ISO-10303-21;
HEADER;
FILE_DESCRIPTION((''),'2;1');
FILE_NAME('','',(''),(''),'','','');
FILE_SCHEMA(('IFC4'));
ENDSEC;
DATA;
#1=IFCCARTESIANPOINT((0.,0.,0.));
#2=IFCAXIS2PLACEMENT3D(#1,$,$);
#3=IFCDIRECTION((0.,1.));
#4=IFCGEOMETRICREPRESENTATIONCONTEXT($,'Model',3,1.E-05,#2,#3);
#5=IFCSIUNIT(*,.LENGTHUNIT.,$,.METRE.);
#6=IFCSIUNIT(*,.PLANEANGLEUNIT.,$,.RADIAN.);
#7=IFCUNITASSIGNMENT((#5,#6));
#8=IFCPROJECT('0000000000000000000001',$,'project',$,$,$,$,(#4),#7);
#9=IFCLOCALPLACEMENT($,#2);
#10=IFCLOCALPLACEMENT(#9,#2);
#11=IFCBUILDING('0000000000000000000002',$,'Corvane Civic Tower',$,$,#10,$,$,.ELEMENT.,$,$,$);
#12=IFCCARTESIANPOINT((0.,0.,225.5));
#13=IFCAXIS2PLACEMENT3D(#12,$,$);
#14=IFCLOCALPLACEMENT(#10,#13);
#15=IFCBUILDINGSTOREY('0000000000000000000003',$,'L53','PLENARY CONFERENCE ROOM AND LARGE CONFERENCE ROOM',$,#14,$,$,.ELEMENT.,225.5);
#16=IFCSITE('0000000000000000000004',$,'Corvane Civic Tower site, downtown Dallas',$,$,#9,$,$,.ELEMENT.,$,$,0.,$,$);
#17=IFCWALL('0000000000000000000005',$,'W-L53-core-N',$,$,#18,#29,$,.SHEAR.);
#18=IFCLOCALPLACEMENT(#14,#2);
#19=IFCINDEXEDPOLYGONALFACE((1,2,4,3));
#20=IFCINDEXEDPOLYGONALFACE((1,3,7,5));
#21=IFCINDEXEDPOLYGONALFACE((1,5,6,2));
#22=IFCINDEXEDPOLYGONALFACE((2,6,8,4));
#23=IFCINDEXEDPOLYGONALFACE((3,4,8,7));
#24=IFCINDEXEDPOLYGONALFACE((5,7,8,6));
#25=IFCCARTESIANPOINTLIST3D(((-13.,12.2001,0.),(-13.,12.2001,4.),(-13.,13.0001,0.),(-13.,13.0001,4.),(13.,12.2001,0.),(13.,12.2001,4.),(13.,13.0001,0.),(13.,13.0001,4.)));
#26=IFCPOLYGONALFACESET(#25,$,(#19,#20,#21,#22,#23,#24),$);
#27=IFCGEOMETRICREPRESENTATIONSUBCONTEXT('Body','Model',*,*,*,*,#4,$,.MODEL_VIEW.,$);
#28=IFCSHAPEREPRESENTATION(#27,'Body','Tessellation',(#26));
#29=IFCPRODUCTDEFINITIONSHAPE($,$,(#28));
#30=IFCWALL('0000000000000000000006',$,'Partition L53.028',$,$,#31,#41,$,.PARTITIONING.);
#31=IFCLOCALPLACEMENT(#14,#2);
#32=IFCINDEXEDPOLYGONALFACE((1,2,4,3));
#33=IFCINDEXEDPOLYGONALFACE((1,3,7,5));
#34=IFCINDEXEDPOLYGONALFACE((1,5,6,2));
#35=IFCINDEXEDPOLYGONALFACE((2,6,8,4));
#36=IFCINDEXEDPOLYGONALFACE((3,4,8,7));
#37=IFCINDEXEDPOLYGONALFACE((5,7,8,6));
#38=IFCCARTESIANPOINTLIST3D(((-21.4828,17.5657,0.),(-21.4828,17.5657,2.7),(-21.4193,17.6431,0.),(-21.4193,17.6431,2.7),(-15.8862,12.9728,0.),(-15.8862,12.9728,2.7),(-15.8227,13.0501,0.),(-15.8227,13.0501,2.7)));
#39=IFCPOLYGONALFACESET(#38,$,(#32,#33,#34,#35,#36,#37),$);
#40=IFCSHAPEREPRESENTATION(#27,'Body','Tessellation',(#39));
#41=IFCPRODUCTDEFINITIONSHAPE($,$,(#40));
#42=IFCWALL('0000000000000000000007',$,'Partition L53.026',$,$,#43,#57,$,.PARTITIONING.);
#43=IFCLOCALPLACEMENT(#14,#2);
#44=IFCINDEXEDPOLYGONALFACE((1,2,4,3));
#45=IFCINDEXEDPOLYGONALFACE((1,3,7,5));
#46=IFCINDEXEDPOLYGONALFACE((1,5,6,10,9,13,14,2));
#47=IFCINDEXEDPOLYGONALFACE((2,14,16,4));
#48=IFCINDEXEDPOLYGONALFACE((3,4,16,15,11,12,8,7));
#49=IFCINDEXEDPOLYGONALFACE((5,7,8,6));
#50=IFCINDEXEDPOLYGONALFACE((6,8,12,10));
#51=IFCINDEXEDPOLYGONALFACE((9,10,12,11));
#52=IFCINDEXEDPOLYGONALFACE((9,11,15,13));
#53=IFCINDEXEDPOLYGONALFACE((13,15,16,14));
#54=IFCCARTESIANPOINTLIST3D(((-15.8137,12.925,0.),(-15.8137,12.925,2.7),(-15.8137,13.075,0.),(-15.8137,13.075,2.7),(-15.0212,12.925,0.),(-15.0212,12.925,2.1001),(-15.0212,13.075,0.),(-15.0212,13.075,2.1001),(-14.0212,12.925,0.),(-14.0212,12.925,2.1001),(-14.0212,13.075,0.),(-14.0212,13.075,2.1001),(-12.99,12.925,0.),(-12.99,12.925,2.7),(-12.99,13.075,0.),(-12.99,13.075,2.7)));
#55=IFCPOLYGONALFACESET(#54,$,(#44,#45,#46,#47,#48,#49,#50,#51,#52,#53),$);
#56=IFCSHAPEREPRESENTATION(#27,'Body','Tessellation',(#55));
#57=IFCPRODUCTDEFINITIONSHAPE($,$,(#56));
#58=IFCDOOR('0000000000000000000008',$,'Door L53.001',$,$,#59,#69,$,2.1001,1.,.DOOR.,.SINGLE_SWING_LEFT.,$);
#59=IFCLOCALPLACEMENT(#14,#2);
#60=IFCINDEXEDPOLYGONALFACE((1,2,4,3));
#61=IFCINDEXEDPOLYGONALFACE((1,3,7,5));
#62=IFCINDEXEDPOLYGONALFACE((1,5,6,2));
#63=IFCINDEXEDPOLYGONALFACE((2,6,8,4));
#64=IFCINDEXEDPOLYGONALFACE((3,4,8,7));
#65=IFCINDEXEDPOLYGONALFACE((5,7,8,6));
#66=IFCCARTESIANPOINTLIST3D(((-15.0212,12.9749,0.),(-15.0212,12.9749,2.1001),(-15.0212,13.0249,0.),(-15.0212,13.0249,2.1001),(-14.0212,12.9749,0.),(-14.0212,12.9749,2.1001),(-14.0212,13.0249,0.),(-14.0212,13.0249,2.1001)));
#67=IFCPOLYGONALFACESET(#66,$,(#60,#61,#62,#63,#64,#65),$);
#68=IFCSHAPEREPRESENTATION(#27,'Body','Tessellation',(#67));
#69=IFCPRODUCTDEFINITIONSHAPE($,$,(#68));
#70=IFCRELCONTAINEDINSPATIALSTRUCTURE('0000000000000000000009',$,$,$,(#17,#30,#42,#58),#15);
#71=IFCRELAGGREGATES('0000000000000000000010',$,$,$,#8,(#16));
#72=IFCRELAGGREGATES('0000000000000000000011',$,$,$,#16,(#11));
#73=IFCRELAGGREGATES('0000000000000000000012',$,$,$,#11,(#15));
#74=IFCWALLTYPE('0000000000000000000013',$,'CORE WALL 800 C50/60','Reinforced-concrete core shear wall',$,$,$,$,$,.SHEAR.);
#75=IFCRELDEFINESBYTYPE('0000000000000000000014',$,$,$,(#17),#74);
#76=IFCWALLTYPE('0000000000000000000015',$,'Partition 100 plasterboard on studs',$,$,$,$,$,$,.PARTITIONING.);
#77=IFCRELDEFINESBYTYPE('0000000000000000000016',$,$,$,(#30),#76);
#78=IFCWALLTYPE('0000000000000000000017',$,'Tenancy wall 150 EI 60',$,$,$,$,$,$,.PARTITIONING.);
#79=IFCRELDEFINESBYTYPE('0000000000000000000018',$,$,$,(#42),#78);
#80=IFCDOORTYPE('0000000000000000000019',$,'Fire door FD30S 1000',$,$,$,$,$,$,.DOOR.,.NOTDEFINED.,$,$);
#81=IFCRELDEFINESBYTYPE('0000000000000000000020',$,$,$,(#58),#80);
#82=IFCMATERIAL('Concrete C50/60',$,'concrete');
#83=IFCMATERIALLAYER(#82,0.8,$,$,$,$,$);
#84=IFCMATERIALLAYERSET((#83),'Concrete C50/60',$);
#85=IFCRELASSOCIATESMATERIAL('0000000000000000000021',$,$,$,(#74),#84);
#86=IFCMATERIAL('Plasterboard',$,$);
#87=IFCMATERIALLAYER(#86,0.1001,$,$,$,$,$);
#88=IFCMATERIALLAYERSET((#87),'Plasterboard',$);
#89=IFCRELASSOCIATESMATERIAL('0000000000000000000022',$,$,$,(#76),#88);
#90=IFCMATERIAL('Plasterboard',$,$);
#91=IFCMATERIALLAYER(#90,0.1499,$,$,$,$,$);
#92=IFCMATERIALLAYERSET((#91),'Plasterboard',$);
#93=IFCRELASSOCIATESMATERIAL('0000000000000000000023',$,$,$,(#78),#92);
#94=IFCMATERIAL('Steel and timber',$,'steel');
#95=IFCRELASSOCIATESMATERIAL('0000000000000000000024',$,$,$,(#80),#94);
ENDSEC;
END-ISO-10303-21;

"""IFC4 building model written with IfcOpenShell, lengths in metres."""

from ifc_helpers import new_model, si_unit, direction, frame, frame_2d, origin, place, context, subcontext, project, spatial, rectangle, extrude, material, layer, layer_set, type_object, element, fill, save


model = new_model("IFC4")

# Units and contexts
model_context = context("Model", 3, precision=1e-05, world=origin(), true_north=direction((0.0, 1.0)))
body_context = subcontext(model_context, "Body", "Model", "MODEL_VIEW")
ifc_project = project(units=[si_unit("LENGTHUNIT", "METRE"), si_unit("PLANEANGLEUNIT", "RADIAN")], contexts=[model_context])

# Site, building, storey
site_placement = place(None, origin())
site = spatial("IfcSite", under=ifc_project, at=site_placement, Name="Corvane Civic Tower site, downtown Dallas", CompositionType="ELEMENT", RefElevation=0.0)
building_placement = place(site_placement, origin())
building = spatial("IfcBuilding", under=site, at=building_placement, Name="Corvane Civic Tower", CompositionType="ELEMENT")
storey_placement = place(building_placement, frame((0.0, 0.0, 225.5)))
storey = spatial("IfcBuildingStorey", under=building, at=storey_placement, Name="L53", Description="PLENARY CONFERENCE ROOM AND LARGE CONFERENCE ROOM", CompositionType="ELEMENT", Elevation=225.5)

# Walls
ifc_material_1 = material(Name="Concrete C50/60", Category="concrete")
ifc_layer_1 = layer(ifc_material_1, 0.8)
ifc_layer_set_1 = layer_set([ifc_layer_1], Name="Concrete C50/60")
wall_type_1 = type_object("IfcWallType", Name="CORE WALL 800 C50/60", Description="Reinforced-concrete core shear wall", PredefinedType="SHEAR", material=ifc_layer_set_1)
wall_1_placement = place(storey_placement, frame((-13.0, 12.6001, 0.0), z_axis=(0.0, 0.0, 1.0), x_axis=(1.0, 0.0, 0.0)))
element("IfcWall", 1, at=wall_1_placement, inside=storey, type_object=wall_type_1, Name="W-L53-core-N", PredefinedType="SHEAR", context=body_context, shape_type="SweptSolid", body=[
    extrude(rectangle(XDim=26.0, YDim=0.8, at=frame_2d((13.0, 0.0))), origin(), (0.0, 0.0, 1.0), 4.0),
])
ifc_material_2 = material(Name="Plasterboard")
ifc_layer_2 = layer(ifc_material_2, 0.1001)
ifc_layer_set_2 = layer_set([ifc_layer_2], Name="Plasterboard")
wall_type_2 = type_object("IfcWallType", Name="Partition 100 plasterboard on studs", PredefinedType="PARTITIONING", material=ifc_layer_set_2)
wall_2_placement = place(storey_placement, frame((-21.4512, 17.6045, 0.0), z_axis=(0.0, 0.0, 1.0), x_axis=(0.773014, -0.634388, 0.0)))
element("IfcWall", 2, at=wall_2_placement, inside=storey, type_object=wall_type_2, Name="Partition L53.028", PredefinedType="PARTITIONING", context=body_context, shape_type="SweptSolid", body=[
    extrude(rectangle(XDim=7.24, YDim=0.1001, at=frame_2d((3.6201, 0.0))), origin(), (0.0, 0.0, 1.0), 2.7),
])

# Wall, opening, door
ifc_material_3 = material(Name="Plasterboard")
ifc_layer_3 = layer(ifc_material_3, 0.1499)
ifc_layer_set_3 = layer_set([ifc_layer_3], Name="Plasterboard")
wall_type_3 = type_object("IfcWallType", Name="Tenancy wall 150 EI 60", PredefinedType="PARTITIONING", material=ifc_layer_set_3)
wall_3_placement = place(storey_placement, frame((-15.8137, 13.0, 0.0), z_axis=(0.0, 0.0, 1.0), x_axis=(1.0, 0.0, 0.0)))
wall_3 = element("IfcWall", 3, at=wall_3_placement, inside=storey, type_object=wall_type_3, Name="Partition L53.026", PredefinedType="PARTITIONING", context=body_context, shape_type="SweptSolid", body=[
    extrude(rectangle(XDim=2.8237, YDim=0.1499, at=frame_2d((1.4119, 0.0))), origin(), (0.0, 0.0, 1.0), 2.7),
])
opening_placement = place(wall_3_placement, frame((0.7925, 0.0, 0.0)))
opening = element("IfcOpeningElement", 4, at=opening_placement, cuts=wall_3, PredefinedType="OPENING", context=body_context, shape_type="SweptSolid", body=[
    extrude(rectangle(XDim=1.0, YDim=2.1001, at=frame_2d((0.5, 1.05))), frame((0.0, 0.085, 0.0), z_axis=(0.0, -1.0, 0.0), x_axis=(1.0, 0.0, 0.0)), (0.0, 0.0, 1.0), 0.1699),
])
ifc_material_4 = material(Name="Steel and timber", Category="steel")
door_type = type_object("IfcDoorType", Name="Fire door FD30S 1000", OperationType="NOTDEFINED", PredefinedType="DOOR", material=ifc_material_4)
door_placement = place(opening_placement, origin())
door = element("IfcDoor", 5, at=door_placement, inside=storey, type_object=door_type, Name="Door L53.001", OperationType="SINGLE_SWING_LEFT", OverallHeight=2.1001, OverallWidth=1.0, PredefinedType="DOOR", context=body_context, shape_type="SweptSolid", body=[
    extrude(rectangle(XDim=1.0, YDim=2.1001, at=frame_2d((0.5, 1.05))), frame((0.0, 0.0249, 0.0), z_axis=(0.0, -1.0, 0.0), x_axis=(1.0, 0.0, 0.0)), (0.0, 0.0, 1.0), 0.05),
])
fill(opening, door)

save(model, "model.ifc")
